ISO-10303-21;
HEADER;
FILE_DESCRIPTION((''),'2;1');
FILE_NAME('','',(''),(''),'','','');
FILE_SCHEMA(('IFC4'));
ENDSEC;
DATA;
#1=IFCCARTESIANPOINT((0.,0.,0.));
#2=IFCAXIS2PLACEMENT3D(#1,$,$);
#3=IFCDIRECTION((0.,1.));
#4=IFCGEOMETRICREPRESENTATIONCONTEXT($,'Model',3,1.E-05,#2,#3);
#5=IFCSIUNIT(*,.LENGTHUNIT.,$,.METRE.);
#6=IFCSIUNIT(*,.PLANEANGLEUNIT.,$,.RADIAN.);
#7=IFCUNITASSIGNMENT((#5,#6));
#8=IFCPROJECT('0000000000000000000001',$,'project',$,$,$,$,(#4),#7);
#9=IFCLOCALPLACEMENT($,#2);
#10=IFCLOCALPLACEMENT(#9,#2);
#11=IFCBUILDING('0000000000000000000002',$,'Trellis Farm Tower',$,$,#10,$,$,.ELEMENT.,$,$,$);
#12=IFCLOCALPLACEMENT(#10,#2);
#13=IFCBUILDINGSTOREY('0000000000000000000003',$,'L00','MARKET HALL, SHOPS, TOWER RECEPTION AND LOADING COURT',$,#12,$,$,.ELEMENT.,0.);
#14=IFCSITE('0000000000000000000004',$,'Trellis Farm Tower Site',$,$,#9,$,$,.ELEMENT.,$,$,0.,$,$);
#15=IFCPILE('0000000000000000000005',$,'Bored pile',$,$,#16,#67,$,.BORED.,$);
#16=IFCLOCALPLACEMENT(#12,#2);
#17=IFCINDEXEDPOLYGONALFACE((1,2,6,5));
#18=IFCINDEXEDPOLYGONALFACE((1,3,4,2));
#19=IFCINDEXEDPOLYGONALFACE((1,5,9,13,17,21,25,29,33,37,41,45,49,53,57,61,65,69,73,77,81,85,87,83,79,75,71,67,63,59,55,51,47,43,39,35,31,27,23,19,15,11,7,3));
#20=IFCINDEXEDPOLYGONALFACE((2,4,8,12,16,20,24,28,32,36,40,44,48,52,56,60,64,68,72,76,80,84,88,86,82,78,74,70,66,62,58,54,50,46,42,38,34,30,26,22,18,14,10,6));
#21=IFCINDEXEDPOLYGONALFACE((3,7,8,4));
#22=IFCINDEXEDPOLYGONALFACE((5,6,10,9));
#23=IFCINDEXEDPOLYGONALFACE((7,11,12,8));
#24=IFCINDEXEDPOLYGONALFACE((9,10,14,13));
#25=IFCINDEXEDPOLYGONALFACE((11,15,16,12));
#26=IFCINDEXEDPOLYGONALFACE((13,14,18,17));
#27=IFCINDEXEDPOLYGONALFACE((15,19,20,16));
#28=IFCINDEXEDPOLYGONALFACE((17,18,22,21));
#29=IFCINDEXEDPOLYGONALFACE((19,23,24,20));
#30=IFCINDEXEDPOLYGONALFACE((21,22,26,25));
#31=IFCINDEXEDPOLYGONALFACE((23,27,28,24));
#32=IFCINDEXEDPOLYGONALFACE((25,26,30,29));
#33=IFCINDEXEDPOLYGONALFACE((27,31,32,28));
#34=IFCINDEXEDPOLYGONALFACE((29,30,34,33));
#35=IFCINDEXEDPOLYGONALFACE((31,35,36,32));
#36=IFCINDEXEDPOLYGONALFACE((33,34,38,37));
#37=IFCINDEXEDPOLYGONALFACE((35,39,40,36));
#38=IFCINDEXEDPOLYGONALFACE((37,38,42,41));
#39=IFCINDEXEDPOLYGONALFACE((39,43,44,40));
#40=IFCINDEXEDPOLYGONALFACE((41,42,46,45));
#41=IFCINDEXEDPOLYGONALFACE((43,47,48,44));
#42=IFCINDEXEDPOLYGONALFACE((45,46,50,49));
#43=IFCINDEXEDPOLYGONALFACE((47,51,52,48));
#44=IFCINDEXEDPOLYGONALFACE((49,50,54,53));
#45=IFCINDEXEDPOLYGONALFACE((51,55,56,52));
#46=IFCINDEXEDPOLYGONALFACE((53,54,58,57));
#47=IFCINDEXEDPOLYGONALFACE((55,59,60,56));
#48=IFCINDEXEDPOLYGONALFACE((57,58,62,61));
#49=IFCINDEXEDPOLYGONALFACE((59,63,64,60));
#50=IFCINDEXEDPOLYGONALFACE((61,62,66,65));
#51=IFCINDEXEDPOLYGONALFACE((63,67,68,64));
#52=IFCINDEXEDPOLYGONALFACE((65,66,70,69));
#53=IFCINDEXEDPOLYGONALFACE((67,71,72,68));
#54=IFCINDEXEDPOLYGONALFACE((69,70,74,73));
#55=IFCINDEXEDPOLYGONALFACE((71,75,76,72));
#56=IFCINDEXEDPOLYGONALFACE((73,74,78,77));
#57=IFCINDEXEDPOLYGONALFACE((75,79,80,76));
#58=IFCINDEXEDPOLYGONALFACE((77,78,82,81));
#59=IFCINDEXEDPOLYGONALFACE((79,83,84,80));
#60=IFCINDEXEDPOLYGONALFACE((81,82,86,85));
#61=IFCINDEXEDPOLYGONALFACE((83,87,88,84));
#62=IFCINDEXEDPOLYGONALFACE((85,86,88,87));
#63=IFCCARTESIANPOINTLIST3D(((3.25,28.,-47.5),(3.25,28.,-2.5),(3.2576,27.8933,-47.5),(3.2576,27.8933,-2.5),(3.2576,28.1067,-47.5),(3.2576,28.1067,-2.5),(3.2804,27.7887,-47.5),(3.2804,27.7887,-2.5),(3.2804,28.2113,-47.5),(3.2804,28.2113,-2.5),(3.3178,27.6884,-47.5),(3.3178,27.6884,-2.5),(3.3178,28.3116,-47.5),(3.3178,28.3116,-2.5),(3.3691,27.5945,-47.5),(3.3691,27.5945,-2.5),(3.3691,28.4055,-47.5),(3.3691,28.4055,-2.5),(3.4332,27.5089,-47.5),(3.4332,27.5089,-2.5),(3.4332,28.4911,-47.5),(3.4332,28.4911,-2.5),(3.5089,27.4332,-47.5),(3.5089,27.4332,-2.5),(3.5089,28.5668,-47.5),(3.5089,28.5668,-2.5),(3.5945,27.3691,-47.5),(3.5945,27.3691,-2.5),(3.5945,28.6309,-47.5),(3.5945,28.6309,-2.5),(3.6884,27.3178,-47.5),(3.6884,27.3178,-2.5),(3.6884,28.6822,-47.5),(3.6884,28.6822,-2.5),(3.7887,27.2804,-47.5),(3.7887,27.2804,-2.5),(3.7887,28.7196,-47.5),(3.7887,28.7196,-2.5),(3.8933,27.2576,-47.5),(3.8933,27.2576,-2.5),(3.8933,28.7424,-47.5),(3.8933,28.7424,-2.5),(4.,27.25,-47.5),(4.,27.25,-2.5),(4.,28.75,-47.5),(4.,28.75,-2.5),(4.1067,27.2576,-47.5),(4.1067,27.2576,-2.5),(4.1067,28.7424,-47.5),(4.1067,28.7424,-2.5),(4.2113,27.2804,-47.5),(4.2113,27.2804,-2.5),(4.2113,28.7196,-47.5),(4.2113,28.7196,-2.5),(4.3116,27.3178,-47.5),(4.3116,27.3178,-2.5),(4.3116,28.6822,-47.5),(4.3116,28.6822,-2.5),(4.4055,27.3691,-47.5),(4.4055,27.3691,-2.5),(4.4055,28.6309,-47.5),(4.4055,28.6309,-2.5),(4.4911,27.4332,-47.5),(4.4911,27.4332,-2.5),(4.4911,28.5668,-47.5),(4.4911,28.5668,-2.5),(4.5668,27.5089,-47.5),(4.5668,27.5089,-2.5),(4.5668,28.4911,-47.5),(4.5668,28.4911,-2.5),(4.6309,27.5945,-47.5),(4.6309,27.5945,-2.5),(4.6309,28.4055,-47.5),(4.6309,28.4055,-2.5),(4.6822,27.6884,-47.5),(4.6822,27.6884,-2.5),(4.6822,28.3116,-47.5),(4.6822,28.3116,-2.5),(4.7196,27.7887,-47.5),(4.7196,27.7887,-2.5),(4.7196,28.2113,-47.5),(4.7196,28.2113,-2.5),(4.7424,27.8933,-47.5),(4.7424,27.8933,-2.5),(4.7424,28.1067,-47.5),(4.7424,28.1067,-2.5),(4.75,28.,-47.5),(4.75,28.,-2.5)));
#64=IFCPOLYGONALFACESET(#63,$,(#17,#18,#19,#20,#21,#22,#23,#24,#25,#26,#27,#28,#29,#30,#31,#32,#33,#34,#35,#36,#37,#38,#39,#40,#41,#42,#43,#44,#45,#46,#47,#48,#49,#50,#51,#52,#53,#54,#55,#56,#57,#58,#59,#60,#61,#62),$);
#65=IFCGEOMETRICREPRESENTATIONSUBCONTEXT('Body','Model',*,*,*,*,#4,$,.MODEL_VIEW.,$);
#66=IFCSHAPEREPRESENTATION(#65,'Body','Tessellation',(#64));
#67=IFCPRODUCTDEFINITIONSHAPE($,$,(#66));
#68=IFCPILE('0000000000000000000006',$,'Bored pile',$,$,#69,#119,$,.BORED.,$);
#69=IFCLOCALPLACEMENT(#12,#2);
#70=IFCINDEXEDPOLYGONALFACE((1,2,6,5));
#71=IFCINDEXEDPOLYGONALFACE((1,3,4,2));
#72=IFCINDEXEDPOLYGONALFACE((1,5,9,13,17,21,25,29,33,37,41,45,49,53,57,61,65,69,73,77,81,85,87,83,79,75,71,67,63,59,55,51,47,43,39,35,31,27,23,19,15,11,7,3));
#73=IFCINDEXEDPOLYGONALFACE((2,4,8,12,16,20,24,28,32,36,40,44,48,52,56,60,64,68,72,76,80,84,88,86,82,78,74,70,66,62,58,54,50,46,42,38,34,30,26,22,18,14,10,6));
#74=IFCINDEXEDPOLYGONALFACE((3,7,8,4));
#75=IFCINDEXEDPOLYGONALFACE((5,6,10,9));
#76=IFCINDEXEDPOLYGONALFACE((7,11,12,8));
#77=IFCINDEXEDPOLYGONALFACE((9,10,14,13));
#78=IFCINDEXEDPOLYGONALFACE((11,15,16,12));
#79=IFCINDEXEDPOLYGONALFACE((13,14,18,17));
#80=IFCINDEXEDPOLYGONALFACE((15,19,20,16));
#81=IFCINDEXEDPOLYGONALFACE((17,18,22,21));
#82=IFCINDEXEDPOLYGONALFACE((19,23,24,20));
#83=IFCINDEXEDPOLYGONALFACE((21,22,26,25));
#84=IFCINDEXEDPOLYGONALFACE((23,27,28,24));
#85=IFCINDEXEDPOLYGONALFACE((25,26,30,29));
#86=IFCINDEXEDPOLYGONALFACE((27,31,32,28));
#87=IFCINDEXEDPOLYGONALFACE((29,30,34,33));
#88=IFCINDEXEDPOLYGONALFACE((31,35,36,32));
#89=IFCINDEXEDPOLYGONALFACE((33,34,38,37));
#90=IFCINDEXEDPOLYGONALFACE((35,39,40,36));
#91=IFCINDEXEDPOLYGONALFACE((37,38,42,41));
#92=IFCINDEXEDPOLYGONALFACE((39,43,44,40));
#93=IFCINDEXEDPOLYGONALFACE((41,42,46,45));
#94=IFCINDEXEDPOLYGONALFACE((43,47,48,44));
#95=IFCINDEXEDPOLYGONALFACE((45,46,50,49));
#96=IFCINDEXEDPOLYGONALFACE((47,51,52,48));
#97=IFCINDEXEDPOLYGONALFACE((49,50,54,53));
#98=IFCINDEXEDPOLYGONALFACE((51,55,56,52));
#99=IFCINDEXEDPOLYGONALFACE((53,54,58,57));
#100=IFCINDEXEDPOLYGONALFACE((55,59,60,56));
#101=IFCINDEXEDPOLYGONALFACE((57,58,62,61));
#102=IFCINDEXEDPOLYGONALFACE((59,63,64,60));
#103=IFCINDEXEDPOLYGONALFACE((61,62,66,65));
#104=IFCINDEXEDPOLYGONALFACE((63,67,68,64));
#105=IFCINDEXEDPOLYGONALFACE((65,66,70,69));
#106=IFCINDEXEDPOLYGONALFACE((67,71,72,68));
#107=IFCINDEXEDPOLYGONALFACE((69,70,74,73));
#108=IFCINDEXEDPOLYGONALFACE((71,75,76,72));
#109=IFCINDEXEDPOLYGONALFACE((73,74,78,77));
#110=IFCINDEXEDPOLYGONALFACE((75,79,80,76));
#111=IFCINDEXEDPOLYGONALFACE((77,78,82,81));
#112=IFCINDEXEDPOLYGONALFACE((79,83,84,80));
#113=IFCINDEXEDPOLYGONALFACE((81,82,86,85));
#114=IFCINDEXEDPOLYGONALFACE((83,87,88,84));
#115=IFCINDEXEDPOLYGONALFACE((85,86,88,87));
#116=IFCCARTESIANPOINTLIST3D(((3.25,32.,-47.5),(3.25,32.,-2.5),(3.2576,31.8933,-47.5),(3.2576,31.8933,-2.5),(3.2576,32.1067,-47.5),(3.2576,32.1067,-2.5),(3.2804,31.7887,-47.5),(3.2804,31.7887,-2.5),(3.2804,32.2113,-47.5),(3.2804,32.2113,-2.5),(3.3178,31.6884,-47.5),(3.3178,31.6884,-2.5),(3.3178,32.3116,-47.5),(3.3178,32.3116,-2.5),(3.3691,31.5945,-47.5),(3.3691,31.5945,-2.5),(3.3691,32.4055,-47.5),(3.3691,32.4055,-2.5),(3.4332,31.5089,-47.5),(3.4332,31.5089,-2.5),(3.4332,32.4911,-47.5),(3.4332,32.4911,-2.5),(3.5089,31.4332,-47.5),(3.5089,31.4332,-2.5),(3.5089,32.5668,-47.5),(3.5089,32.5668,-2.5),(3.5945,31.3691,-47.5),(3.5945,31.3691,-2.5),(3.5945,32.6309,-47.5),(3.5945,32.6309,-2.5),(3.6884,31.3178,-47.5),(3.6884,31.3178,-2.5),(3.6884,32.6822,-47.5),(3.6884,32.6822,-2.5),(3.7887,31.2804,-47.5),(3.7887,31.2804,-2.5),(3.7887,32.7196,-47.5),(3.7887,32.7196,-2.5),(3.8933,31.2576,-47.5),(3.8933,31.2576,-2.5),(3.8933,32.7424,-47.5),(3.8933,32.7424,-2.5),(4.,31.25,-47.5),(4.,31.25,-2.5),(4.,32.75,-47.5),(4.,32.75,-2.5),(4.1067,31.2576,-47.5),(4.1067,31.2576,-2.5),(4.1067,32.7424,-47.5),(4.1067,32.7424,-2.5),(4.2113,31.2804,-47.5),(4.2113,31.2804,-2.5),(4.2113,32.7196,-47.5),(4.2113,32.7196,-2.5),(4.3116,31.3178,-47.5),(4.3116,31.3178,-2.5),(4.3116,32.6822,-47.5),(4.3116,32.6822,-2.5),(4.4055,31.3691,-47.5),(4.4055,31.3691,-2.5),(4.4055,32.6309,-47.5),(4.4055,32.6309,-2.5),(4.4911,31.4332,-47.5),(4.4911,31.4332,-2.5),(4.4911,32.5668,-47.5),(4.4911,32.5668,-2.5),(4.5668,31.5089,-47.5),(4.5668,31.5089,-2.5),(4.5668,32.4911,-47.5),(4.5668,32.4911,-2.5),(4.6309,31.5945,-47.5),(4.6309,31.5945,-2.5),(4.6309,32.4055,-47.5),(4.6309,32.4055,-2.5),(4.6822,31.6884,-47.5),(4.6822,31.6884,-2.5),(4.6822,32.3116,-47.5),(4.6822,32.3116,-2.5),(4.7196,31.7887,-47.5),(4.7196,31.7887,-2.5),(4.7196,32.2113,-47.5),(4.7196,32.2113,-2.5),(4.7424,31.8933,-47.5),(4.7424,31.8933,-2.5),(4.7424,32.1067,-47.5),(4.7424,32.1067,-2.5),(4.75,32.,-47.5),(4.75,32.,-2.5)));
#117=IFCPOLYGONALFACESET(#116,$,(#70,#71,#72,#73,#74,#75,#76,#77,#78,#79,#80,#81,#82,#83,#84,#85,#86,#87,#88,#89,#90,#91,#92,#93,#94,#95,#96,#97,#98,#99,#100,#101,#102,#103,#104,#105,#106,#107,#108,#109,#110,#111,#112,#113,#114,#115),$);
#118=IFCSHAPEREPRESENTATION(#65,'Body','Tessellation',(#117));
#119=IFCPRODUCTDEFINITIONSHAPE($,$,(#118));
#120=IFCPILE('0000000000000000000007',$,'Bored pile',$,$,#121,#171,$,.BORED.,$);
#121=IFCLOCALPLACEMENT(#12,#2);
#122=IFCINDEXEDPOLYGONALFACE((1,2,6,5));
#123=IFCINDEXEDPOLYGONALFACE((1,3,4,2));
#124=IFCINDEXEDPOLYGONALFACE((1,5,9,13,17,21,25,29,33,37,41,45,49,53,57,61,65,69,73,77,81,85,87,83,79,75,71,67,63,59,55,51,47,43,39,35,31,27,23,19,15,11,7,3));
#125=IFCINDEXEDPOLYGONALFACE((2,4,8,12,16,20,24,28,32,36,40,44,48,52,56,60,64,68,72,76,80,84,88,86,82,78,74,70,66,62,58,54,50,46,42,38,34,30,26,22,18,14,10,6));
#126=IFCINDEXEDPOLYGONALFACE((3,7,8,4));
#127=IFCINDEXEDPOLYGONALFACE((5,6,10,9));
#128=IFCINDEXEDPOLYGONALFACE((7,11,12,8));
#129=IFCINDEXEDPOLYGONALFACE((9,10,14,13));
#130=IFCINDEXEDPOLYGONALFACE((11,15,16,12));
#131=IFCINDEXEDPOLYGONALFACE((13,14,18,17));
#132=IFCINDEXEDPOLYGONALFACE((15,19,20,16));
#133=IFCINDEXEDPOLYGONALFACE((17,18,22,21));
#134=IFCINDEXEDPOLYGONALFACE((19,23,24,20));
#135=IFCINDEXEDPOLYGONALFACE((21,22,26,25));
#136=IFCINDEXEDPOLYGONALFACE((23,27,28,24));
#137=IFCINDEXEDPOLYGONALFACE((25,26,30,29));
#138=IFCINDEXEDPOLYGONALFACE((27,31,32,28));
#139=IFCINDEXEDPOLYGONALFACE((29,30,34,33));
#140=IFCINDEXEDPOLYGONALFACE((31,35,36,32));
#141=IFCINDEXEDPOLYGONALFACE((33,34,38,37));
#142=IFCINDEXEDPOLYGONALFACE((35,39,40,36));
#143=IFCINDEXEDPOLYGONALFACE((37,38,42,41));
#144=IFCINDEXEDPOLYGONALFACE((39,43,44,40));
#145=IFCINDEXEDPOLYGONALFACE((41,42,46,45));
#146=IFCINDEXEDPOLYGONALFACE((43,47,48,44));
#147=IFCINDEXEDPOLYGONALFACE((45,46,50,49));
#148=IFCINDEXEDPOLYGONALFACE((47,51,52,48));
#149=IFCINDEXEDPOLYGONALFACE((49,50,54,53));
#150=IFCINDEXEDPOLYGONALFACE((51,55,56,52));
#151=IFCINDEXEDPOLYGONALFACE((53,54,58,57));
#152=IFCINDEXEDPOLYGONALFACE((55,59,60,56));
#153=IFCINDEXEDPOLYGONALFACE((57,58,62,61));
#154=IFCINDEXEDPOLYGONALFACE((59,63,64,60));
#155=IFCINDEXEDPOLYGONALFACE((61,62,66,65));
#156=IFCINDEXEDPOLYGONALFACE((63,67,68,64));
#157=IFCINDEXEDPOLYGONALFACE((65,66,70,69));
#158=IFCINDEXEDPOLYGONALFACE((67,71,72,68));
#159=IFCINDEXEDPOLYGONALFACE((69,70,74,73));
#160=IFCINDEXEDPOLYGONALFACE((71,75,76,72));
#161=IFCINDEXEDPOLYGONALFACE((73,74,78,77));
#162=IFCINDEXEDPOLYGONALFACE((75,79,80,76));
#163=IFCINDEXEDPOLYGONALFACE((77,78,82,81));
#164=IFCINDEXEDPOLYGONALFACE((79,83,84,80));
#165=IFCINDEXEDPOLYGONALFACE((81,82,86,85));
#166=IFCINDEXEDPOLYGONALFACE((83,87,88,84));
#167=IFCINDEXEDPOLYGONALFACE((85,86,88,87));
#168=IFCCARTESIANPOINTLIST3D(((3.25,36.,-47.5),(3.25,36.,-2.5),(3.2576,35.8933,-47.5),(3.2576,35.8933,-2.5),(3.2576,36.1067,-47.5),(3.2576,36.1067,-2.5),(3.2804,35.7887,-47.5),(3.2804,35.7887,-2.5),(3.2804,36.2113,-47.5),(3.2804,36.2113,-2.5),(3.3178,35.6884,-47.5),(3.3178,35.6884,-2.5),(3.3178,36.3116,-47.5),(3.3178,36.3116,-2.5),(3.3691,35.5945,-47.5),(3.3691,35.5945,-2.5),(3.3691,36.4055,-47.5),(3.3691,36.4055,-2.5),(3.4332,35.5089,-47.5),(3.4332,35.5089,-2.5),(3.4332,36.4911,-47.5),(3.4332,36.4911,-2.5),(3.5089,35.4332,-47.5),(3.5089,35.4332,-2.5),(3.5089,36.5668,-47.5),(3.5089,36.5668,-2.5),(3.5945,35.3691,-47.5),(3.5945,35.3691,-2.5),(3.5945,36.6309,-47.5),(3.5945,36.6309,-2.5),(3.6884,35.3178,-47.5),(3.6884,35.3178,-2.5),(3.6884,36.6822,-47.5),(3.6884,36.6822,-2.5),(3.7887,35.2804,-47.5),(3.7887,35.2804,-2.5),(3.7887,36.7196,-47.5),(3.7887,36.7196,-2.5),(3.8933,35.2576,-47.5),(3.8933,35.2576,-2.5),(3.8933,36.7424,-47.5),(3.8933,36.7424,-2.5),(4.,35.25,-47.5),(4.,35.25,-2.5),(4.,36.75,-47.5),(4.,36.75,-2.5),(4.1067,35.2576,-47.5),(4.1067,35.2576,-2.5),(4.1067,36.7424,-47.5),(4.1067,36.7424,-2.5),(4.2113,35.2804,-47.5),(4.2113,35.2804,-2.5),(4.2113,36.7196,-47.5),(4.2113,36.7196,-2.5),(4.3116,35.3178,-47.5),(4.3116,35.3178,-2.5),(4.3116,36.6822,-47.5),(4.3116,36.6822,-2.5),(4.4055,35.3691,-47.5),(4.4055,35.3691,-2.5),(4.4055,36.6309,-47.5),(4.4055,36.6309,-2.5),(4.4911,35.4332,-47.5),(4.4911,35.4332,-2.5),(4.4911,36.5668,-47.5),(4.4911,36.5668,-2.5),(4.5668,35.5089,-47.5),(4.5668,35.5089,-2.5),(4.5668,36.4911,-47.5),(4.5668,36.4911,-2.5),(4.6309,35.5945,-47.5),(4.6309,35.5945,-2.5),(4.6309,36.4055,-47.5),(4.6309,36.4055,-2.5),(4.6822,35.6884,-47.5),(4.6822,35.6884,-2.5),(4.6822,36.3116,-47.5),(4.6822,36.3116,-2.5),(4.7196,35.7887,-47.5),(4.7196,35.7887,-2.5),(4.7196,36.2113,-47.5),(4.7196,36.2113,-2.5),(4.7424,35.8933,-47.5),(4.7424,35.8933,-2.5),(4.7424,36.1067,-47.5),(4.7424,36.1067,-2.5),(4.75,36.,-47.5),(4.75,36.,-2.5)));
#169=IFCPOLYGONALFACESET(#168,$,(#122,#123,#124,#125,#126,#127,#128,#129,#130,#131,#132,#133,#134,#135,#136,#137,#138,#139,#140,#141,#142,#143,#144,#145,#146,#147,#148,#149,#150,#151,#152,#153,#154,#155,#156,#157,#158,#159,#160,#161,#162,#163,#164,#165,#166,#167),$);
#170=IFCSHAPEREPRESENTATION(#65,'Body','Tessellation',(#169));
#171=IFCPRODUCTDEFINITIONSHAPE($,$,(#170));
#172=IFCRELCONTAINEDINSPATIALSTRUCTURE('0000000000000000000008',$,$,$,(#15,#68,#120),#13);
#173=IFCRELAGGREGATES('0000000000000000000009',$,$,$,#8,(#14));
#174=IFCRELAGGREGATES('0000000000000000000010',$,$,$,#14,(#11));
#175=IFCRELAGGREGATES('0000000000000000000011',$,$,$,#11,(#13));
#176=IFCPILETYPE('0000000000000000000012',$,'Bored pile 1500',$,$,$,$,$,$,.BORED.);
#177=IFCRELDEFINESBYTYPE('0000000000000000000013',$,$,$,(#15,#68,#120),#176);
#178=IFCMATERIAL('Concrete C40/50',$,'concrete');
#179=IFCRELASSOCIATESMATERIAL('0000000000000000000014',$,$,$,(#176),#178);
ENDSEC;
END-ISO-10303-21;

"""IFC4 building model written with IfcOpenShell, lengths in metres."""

from ifc_helpers import new_model, si_unit, direction, frame, origin, origin_2d, place, context, subcontext, project, spatial, circle, extrude, source, transform, mapped, material, material_profile, profile_set, type_object, element, save


model = new_model("IFC4")

# Units and contexts
model_context = context("Model", 3, precision=1e-05, world=origin(), true_north=direction((0.0, 1.0)))
body_context = subcontext(model_context, "Body", "Model", "MODEL_VIEW")
ifc_project = project(units=[si_unit("LENGTHUNIT", "METRE"), si_unit("PLANEANGLEUNIT", "RADIAN")], contexts=[model_context])

# Site, building, storey
site_placement = place(None, origin())
site = spatial("IfcSite", under=ifc_project, at=site_placement, Name="Trellis Farm Tower Site", CompositionType="ELEMENT", RefElevation=0.0)
building_placement = place(site_placement, origin())
building = spatial("IfcBuilding", under=site, at=building_placement, Name="Trellis Farm Tower", CompositionType="ELEMENT")
storey_placement = place(building_placement, origin())
storey = spatial("IfcBuildingStorey", under=building, at=storey_placement, Name="L00", Description="MARKET HALL, SHOPS, TOWER RECEPTION AND LOADING COURT", CompositionType="ELEMENT", Elevation=0.0)

# Piles
ifc_material_1 = material(Name="Concrete C40/50", Category="concrete")
ifc_material_profile_1 = material_profile(ifc_material_1, circle(Radius=0.75, at=origin_2d()), Name="Bored pile 1500")
ifc_profile_set_1 = profile_set([ifc_material_profile_1], Name="Concrete C40/50")
pile_type = type_object("IfcPileType", Name="Bored pile 1500", PredefinedType="BORED", material=ifc_profile_set_1)
shared_shape_1 = source(origin(), body_context, "Body", "SweptSolid", [
    extrude(circle(Radius=0.75, at=origin_2d()), origin(), (0.0, 0.0, 1.0), 45.0),
])
for number, where, z_axis, x_axis, name in (
    (1, (4.0, 28.0, -2.5), (0.0, 0.0, -1.0), (1.0, 0.0, 0.0), "Bored pile"),
    (2, (4.0, 32.0, -2.5), (0.0, 0.0, -1.0), (1.0, 0.0, 0.0), "Bored pile"),
    (3, (4.0, 36.0, -2.5), (0.0, 0.0, -1.0), (1.0, 0.0, 0.0), "Bored pile"),
):
    element("IfcPile", number, at=place(storey_placement, frame(where, z_axis=z_axis, x_axis=x_axis)), inside=storey, type_object=pile_type, Name=name, PredefinedType="BORED", context=body_context, shape_type="MappedRepresentation", body=[
        mapped(shared_shape_1, transform((0.0, 0.0, 0.0))),
    ])

save(model, "model.ifc")
